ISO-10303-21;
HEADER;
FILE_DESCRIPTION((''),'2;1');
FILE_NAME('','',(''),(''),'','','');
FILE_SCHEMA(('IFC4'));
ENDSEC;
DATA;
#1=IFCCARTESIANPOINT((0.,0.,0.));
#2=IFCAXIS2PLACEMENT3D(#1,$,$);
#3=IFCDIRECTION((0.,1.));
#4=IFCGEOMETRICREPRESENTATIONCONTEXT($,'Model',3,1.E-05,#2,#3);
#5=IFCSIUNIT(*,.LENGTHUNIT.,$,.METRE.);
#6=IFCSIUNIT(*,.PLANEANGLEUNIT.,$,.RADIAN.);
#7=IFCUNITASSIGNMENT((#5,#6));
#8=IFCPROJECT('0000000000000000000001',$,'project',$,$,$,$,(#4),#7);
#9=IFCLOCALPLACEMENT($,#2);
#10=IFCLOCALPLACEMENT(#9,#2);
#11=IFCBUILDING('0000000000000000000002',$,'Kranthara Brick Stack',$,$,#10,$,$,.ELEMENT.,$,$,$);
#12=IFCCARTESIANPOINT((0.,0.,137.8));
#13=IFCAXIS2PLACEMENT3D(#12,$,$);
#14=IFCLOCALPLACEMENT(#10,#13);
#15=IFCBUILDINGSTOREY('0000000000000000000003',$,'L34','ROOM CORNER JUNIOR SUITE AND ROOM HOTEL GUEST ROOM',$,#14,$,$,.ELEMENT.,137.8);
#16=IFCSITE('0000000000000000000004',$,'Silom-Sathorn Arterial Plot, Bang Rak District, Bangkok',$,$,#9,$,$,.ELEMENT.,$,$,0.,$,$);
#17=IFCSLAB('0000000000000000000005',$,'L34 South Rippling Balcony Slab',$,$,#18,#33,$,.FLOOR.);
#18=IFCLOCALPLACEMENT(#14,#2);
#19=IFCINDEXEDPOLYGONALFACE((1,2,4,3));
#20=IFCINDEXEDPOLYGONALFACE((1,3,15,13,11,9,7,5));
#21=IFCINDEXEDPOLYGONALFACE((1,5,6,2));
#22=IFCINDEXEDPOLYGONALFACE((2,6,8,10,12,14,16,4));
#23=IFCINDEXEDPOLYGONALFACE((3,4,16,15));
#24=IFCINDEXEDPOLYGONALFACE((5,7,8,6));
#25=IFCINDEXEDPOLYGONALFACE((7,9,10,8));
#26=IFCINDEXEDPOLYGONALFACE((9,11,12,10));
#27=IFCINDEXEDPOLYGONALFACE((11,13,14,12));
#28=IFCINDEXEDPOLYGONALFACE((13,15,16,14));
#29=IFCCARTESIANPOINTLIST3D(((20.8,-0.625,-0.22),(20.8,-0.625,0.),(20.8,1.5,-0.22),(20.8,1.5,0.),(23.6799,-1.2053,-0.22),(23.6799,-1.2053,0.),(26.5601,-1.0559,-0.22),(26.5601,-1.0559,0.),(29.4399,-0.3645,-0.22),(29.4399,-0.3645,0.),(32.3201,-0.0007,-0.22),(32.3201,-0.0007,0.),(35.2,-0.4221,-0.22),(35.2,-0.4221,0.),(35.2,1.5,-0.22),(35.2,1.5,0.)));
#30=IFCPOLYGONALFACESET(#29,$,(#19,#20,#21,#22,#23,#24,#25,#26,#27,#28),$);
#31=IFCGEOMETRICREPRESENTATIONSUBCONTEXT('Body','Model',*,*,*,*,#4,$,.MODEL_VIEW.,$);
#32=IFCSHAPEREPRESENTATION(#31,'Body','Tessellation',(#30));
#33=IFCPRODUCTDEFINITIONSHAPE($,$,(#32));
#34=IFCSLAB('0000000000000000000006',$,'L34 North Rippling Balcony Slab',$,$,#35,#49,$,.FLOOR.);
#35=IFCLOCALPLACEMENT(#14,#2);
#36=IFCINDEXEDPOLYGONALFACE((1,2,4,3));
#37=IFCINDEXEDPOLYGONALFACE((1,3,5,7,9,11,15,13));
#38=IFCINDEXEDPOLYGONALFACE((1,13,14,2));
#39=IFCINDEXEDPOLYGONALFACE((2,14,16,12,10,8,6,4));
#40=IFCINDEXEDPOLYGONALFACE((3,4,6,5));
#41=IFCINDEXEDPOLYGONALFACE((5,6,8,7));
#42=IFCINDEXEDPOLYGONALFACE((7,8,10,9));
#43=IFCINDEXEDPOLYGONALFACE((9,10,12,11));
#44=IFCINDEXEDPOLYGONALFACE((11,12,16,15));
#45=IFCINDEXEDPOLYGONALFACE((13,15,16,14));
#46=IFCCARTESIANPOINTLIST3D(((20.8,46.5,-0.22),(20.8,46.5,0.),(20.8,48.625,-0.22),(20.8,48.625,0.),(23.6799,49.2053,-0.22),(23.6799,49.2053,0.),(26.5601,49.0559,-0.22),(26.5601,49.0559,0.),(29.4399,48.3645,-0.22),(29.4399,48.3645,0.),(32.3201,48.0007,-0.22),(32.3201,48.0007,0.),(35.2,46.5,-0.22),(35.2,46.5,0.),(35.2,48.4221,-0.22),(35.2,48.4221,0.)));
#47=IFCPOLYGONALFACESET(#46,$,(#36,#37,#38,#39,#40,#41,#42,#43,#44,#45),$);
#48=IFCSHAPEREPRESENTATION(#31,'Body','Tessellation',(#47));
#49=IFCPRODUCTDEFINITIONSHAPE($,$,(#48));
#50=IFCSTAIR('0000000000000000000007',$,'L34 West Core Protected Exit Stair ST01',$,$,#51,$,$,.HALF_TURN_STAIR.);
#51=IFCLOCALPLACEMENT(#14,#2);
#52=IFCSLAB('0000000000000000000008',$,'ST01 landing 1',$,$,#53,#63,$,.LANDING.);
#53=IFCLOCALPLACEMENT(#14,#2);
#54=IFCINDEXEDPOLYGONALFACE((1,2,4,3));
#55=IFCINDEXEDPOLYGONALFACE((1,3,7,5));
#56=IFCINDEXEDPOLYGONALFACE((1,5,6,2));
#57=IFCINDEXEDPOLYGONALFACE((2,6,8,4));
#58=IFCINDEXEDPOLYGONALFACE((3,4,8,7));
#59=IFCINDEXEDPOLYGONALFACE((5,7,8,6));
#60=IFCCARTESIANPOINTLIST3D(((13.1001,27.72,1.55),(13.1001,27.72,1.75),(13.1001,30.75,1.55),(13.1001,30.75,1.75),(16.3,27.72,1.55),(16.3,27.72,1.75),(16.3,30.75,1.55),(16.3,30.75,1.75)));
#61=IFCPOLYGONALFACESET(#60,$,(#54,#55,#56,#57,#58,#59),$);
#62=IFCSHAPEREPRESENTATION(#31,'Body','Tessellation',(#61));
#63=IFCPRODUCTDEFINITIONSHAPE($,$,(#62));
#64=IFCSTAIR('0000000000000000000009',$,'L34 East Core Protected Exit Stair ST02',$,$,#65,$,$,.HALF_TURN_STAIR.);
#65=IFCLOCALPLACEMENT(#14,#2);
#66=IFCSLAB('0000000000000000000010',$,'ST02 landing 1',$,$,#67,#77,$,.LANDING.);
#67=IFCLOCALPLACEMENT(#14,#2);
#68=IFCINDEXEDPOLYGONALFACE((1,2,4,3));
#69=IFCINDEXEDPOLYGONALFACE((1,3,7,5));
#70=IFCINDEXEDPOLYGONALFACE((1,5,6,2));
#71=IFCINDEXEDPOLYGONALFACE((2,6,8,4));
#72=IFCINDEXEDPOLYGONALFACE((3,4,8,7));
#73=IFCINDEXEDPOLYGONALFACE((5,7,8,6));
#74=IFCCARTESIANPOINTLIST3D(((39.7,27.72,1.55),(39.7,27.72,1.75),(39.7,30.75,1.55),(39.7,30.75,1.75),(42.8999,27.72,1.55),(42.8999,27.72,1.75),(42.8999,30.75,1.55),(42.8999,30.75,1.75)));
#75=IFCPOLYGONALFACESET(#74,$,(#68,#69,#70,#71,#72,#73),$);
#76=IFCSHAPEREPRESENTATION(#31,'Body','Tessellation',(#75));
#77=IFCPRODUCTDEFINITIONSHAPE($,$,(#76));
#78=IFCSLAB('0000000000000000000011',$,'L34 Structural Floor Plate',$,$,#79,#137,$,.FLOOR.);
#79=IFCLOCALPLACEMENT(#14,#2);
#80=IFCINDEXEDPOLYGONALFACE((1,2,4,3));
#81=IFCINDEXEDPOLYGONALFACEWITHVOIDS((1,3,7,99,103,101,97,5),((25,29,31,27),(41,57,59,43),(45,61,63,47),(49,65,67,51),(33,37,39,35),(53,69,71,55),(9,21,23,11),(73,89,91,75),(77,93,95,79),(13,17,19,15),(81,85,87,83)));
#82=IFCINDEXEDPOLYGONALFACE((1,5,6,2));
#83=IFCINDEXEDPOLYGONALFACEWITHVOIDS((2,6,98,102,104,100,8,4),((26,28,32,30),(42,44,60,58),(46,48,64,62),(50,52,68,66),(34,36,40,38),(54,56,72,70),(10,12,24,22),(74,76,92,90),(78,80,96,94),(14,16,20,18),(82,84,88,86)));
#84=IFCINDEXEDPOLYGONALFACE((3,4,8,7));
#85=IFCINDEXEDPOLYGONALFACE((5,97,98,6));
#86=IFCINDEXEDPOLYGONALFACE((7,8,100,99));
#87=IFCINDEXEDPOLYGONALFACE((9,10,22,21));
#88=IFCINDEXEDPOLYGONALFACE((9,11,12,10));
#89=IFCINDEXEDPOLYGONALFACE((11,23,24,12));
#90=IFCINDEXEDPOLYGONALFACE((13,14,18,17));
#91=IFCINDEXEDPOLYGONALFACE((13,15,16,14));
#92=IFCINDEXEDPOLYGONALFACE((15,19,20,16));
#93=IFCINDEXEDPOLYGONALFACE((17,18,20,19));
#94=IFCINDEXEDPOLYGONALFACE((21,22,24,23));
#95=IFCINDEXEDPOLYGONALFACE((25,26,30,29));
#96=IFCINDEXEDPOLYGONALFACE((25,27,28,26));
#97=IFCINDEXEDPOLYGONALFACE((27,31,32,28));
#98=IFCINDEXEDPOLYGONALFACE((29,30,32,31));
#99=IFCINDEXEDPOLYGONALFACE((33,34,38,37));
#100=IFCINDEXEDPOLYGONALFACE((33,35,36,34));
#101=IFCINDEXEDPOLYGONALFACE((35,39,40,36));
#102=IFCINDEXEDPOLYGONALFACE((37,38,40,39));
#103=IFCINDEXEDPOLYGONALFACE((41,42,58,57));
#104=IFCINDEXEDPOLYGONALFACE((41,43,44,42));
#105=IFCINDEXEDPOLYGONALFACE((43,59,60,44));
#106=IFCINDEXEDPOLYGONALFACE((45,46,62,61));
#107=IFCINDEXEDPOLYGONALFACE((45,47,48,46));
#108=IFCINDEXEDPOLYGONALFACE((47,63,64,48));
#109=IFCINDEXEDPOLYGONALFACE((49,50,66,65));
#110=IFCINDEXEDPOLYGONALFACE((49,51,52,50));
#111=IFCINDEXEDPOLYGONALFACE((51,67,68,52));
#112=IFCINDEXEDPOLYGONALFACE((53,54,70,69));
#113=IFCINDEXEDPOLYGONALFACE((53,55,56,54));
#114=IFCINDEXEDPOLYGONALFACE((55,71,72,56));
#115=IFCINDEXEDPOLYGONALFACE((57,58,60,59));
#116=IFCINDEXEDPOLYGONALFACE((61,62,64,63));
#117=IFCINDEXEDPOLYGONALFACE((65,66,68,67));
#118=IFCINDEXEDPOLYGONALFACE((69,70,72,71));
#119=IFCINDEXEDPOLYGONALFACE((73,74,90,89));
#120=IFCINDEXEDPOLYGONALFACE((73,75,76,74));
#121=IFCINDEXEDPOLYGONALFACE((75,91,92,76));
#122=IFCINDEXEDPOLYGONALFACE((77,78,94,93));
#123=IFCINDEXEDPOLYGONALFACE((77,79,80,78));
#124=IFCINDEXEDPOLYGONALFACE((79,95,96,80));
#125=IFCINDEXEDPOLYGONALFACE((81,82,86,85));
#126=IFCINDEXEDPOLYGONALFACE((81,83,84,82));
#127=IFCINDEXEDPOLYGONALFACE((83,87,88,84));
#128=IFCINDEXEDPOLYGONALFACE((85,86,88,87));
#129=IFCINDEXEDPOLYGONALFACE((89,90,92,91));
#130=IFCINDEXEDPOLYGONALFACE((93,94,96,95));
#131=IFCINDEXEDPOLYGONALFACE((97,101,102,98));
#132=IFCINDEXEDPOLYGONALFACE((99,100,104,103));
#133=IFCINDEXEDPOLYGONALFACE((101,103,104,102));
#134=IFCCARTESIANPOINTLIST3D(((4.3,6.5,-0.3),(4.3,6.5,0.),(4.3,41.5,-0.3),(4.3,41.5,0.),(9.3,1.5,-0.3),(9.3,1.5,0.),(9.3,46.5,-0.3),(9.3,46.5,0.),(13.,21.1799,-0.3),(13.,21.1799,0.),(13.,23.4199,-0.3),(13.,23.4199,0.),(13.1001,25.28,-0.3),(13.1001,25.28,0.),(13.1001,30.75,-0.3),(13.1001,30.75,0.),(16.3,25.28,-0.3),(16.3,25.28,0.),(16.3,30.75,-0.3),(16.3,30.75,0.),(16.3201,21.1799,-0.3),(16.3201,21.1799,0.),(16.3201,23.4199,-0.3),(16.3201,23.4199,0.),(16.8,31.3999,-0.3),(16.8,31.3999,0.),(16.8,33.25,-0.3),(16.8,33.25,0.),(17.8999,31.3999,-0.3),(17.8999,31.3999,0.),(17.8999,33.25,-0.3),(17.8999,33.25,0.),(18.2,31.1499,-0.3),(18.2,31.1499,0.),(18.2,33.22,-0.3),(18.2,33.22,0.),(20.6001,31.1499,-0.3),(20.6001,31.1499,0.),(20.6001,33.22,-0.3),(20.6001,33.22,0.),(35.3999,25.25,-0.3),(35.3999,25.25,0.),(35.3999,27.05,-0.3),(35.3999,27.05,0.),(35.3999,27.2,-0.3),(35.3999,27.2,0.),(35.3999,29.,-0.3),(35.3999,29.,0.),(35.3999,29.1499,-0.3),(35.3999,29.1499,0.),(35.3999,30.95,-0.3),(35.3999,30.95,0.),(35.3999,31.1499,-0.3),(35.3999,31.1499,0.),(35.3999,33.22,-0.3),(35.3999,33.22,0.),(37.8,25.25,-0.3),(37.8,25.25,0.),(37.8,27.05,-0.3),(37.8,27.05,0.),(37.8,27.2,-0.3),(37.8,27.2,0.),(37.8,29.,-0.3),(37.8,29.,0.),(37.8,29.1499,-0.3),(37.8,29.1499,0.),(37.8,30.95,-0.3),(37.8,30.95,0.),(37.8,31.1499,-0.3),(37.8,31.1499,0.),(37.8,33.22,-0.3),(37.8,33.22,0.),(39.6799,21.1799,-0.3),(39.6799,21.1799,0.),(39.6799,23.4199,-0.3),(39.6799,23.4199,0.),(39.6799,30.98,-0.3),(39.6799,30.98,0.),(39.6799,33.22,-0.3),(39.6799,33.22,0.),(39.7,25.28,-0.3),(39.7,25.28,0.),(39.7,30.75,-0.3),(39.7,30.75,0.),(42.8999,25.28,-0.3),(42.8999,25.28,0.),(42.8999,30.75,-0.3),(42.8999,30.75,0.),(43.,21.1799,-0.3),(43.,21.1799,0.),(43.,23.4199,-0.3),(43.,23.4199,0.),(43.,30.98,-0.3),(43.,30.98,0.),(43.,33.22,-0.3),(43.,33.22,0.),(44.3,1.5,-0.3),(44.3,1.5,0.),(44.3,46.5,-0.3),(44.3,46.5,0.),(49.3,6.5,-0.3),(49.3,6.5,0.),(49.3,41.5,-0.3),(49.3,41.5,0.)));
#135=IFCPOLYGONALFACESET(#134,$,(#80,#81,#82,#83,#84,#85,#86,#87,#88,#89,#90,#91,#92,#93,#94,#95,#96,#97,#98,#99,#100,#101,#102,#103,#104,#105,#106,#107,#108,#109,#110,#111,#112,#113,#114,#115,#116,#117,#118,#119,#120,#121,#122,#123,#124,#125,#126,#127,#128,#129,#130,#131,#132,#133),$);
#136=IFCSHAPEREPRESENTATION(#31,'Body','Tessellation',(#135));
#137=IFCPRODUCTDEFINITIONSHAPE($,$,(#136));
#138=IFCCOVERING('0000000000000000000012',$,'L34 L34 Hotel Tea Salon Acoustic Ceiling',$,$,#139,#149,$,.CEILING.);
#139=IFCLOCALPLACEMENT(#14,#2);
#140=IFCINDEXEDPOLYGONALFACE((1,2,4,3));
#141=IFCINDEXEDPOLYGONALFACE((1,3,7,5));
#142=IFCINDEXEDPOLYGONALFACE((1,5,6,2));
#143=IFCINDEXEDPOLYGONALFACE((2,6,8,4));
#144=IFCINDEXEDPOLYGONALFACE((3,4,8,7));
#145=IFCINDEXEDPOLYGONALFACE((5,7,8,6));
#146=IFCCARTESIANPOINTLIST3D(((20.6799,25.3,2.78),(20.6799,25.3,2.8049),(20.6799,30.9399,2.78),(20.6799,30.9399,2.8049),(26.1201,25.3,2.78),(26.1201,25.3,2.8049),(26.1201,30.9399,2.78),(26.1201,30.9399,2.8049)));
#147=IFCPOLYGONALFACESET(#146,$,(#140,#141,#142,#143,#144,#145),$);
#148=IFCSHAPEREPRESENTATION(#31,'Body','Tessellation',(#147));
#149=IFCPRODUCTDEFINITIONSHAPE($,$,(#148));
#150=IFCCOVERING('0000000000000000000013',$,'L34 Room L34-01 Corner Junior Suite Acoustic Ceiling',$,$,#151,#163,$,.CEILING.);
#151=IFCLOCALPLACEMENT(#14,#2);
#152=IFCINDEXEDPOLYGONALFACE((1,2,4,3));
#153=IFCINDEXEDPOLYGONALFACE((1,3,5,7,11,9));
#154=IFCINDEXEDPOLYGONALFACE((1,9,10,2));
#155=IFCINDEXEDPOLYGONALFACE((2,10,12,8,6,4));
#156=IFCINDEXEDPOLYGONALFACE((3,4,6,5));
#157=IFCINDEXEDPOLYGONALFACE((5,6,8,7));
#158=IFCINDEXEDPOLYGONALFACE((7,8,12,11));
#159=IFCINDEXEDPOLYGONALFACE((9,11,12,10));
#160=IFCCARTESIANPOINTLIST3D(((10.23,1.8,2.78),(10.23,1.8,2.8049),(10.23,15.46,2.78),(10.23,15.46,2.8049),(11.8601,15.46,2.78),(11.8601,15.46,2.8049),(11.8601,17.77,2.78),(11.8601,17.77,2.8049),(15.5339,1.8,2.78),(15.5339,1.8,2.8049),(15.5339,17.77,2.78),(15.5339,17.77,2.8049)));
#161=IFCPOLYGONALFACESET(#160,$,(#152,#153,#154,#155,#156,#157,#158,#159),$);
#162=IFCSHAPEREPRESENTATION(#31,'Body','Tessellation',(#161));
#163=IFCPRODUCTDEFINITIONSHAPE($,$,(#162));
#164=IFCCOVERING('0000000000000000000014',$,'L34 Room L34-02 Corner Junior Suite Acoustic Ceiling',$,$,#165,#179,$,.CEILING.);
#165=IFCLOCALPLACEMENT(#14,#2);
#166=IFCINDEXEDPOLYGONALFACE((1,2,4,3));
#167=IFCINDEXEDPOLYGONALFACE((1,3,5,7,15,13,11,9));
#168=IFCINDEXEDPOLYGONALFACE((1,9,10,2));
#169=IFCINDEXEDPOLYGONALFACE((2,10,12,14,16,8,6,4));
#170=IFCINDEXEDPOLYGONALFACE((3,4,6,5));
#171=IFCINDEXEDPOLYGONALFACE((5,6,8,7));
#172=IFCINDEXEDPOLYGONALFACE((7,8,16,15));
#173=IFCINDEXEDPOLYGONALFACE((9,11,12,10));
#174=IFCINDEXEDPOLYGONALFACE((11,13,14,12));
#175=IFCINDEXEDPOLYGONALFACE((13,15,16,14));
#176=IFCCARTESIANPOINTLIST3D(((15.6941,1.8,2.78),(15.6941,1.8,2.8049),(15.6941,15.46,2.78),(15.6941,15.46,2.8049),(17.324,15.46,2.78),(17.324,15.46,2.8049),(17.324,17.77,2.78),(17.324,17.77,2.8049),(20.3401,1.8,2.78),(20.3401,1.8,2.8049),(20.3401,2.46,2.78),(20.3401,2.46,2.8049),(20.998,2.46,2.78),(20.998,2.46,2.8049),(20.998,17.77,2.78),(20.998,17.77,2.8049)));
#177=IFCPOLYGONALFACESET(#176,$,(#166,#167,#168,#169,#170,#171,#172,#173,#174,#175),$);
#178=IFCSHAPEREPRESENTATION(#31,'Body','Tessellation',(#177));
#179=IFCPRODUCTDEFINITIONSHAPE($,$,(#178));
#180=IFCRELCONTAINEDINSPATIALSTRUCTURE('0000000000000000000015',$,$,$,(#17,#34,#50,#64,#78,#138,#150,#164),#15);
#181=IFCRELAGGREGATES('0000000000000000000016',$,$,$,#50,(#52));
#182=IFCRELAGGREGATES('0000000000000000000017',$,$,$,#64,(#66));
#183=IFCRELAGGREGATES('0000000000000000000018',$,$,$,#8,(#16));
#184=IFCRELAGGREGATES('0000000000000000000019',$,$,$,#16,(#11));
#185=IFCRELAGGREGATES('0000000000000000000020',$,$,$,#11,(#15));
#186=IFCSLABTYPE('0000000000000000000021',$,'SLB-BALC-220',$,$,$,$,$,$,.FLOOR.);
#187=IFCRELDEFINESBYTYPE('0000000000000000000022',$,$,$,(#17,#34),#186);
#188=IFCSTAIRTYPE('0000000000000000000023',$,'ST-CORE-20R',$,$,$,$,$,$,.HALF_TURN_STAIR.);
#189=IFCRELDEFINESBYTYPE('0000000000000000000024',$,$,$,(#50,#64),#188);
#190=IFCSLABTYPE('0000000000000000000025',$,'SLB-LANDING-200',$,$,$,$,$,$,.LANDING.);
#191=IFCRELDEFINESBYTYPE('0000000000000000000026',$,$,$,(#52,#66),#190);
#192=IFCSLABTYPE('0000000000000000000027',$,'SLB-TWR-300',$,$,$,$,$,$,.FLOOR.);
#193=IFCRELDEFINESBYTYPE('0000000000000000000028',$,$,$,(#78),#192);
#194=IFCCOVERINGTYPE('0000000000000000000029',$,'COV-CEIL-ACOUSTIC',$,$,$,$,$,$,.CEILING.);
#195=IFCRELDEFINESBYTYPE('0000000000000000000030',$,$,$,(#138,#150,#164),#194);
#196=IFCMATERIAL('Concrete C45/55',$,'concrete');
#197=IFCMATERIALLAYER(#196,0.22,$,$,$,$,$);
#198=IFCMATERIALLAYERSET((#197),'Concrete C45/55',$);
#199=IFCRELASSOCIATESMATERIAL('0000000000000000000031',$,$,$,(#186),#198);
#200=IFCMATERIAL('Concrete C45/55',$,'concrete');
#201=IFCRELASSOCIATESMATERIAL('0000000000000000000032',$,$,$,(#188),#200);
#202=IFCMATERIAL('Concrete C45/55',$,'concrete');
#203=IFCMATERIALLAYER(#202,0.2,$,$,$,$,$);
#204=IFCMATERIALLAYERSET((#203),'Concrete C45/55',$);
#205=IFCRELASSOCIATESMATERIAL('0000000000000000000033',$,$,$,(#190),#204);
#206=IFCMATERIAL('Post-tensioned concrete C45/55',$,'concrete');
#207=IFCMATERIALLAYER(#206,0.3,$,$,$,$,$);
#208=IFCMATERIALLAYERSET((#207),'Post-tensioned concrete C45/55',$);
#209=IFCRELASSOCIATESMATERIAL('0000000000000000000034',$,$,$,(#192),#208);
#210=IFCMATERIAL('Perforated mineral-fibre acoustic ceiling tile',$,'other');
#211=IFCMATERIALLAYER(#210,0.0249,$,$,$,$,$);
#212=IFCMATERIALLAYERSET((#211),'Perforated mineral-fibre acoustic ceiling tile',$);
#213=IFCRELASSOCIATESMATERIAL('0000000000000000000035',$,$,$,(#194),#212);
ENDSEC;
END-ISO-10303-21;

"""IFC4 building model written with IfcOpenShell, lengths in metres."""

from ifc_helpers import new_model, si_unit, direction, frame, origin, place, context, subcontext, project, spatial, polyline, outline, extrude, material, layer, layer_set, type_object, element, aggregate, save


model = new_model("IFC4")

# Units and contexts
model_context = context("Model", 3, precision=1e-05, world=origin(), true_north=direction((0.0, 1.0)))
body_context = subcontext(model_context, "Body", "Model", "MODEL_VIEW")
ifc_project = project(units=[si_unit("LENGTHUNIT", "METRE"), si_unit("PLANEANGLEUNIT", "RADIAN")], contexts=[model_context])

# Site, building, storey
site_placement = place(None, origin())
site = spatial("IfcSite", under=ifc_project, at=site_placement, Name="Silom-Sathorn Arterial Plot, Bang Rak District, Bangkok", CompositionType="ELEMENT", RefElevation=0.0)
building_placement = place(site_placement, origin())
building = spatial("IfcBuilding", under=site, at=building_placement, Name="Kranthara Brick Stack", CompositionType="ELEMENT")
storey_placement = place(building_placement, frame((0.0, 0.0, 137.8)))
storey = spatial("IfcBuildingStorey", under=building, at=storey_placement, Name="L34", Description="ROOM CORNER JUNIOR SUITE AND ROOM HOTEL GUEST ROOM", CompositionType="ELEMENT", Elevation=137.8)

# Slabs
ifc_material_1 = material(Name="Concrete C45/55", Category="concrete")
ifc_layer_1 = layer(ifc_material_1, 0.22)
ifc_layer_set_1 = layer_set([ifc_layer_1], Name="Concrete C45/55")
slab_type_1 = type_object("IfcSlabType", Name="SLB-BALC-220", PredefinedType="FLOOR", material=ifc_layer_set_1)
slab_1_placement = place(storey_placement, frame((0.0, 0.0, -0.22)))
element("IfcSlab", 1, at=slab_1_placement, inside=storey, type_object=slab_type_1, Name="L34 South Rippling Balcony Slab", PredefinedType="FLOOR", context=body_context, shape_type="SweptSolid", body=[
    extrude(outline(polyline([(20.8, 1.5), (35.2, 1.5), (35.2, -0.4221), (32.3201, -0.0007), (29.4399, -0.3645), (26.5601, -1.0559), (23.6799, -1.2053), (20.8, -0.625), (20.8, 1.5)])), origin(), (0.0, 0.0, 1.0), 0.22),
])
slab_2_placement = place(storey_placement, frame((0.0, 0.0, -0.22)))
element("IfcSlab", 2, at=slab_2_placement, inside=storey, type_object=slab_type_1, Name="L34 North Rippling Balcony Slab", PredefinedType="FLOOR", context=body_context, shape_type="SweptSolid", body=[
    extrude(outline(polyline([(35.2, 46.5), (20.8, 46.5), (20.8, 48.625), (23.6799, 49.2053), (26.5601, 49.0559), (29.4399, 48.3645), (32.3201, 48.0007), (35.2, 48.4221), (35.2, 46.5)])), origin(), (0.0, 0.0, 1.0), 0.22),
])

# Stairs, slabs
ifc_material_2 = material(Name="Concrete C45/55", Category="concrete")
stair_type = type_object("IfcStairType", Name="ST-CORE-20R", PredefinedType="HALF_TURN_STAIR", material=ifc_material_2)
stair_1_placement = place(storey_placement, origin())
stair_1 = element("IfcStair", 3, at=stair_1_placement, inside=storey, type_object=stair_type, Name="L34 West Core Protected Exit Stair ST01", PredefinedType="HALF_TURN_STAIR")
ifc_material_3 = material(Name="Concrete C45/55", Category="concrete")
ifc_layer_2 = layer(ifc_material_3, 0.2)
ifc_layer_set_2 = layer_set([ifc_layer_2], Name="Concrete C45/55")
slab_type_2 = type_object("IfcSlabType", Name="SLB-LANDING-200", PredefinedType="LANDING", material=ifc_layer_set_2)
slab_3_placement = place(storey_placement, frame((0.0, 0.0, 1.55)))
slab_3 = element("IfcSlab", 4, at=slab_3_placement, type_object=slab_type_2, Name="ST01 landing 1", PredefinedType="LANDING", context=body_context, shape_type="SweptSolid", body=[
    extrude(outline(polyline([(16.3, 27.72), (16.3, 30.75), (13.1001, 30.75), (13.1001, 27.72), (16.3, 27.72)])), origin(), (0.0, 0.0, 1.0), 0.2),
])
aggregate(stair_1, [slab_3])
stair_2_placement = place(storey_placement, origin())
stair_2 = element("IfcStair", 5, at=stair_2_placement, inside=storey, type_object=stair_type, Name="L34 East Core Protected Exit Stair ST02", PredefinedType="HALF_TURN_STAIR")
slab_4_placement = place(storey_placement, frame((0.0, 0.0, 1.55)))
slab_4 = element("IfcSlab", 6, at=slab_4_placement, type_object=slab_type_2, Name="ST02 landing 1", PredefinedType="LANDING", context=body_context, shape_type="SweptSolid", body=[
    extrude(outline(polyline([(42.8999, 27.72), (42.8999, 30.75), (39.7, 30.75), (39.7, 27.72), (42.8999, 27.72)])), origin(), (0.0, 0.0, 1.0), 0.2),
])
aggregate(stair_2, [slab_4])

# Slab
ifc_material_4 = material(Name="Post-tensioned concrete C45/55", Category="concrete")
ifc_layer_3 = layer(ifc_material_4, 0.3)
ifc_layer_set_3 = layer_set([ifc_layer_3], Name="Post-tensioned concrete C45/55")
slab_type_3 = type_object("IfcSlabType", Name="SLB-TWR-300", PredefinedType="FLOOR", material=ifc_layer_set_3)
slab_5_placement = place(storey_placement, frame((0.0, 0.0, -0.3)))
element("IfcSlab", 7, at=slab_5_placement, inside=storey, type_object=slab_type_3, Name="L34 Structural Floor Plate", PredefinedType="FLOOR", context=body_context, shape_type="SweptSolid", body=[
    extrude(outline(polyline([(9.3, 1.5), (44.3, 1.5), (49.3, 6.5), (49.3, 41.5), (44.3, 46.5), (9.3, 46.5), (4.3, 41.5), (4.3, 6.5), (9.3, 1.5)]), holes=[polyline([(13.1001, 25.28), (16.3, 25.28), (16.3, 30.75), (13.1001, 30.75), (13.1001, 25.28)]), polyline([(39.7, 25.28), (42.8999, 25.28), (42.8999, 30.75), (39.7, 30.75), (39.7, 25.28)]), polyline([(13.0, 21.1799), (16.3201, 21.1799), (16.3201, 23.4199), (13.0, 23.4199), (13.0, 21.1799)]), polyline([(39.6799, 21.1799), (43.0, 21.1799), (43.0, 23.4199), (39.6799, 23.4199), (39.6799, 21.1799)]), polyline([(39.6799, 30.98), (43.0, 30.98), (43.0, 33.22), (39.6799, 33.22), (39.6799, 30.98)]), polyline([(35.3999, 25.25), (37.8, 25.25), (37.8, 27.05), (35.3999, 27.05), (35.3999, 25.25)]), polyline([(35.3999, 27.2), (37.8, 27.2), (37.8, 29.0), (35.3999, 29.0), (35.3999, 27.2)]), polyline([(35.3999, 29.1499), (37.8, 29.1499), (37.8, 30.95), (35.3999, 30.95), (35.3999, 29.1499)]), polyline([(18.2, 31.1499), (20.6001, 31.1499), (20.6001, 33.22), (18.2, 33.22), (18.2, 31.1499)]), polyline([(35.3999, 31.1499), (37.8, 31.1499), (37.8, 33.22), (35.3999, 33.22), (35.3999, 31.1499)]), polyline([(16.8, 31.3999), (17.8999, 31.3999), (17.8999, 33.25), (16.8, 33.25), (16.8, 31.3999)])]), origin(), (0.0, 0.0, 1.0), 0.3),
])

# Coverings
ifc_material_5 = material(Name="Perforated mineral-fibre acoustic ceiling tile", Category="other")
ifc_layer_4 = layer(ifc_material_5, 0.0249)
ifc_layer_set_4 = layer_set([ifc_layer_4], Name="Perforated mineral-fibre acoustic ceiling tile")
covering_type_1 = type_object("IfcCoveringType", Name="COV-CEIL-ACOUSTIC", PredefinedType="CEILING", material=ifc_layer_set_4)
covering_1_placement = place(storey_placement, frame((0.0, 0.0, 2.78)))
element("IfcCovering", 8, at=covering_1_placement, inside=storey, type_object=covering_type_1, Name="L34 L34 Hotel Tea Salon Acoustic Ceiling", PredefinedType="CEILING", context=body_context, shape_type="SweptSolid", body=[
    extrude(outline(polyline([(26.1201, 25.3), (26.1201, 30.9399), (20.6799, 30.9399), (20.6799, 25.3), (26.1201, 25.3)])), origin(), (0.0, 0.0, 1.0), 0.0249),
])
covering_2_placement = place(storey_placement, frame((0.0, 0.0, 2.78)))
element("IfcCovering", 9, at=covering_2_placement, inside=storey, type_object=covering_type_1, Name="L34 Room L34-01 Corner Junior Suite Acoustic Ceiling", PredefinedType="CEILING", context=body_context, shape_type="SweptSolid", body=[
    extrude(outline(polyline([(10.23, 1.8), (15.5339, 1.8), (15.5339, 17.77), (11.8601, 17.77), (11.8601, 15.46), (10.23, 15.46), (10.23, 1.8)])), origin(), (0.0, 0.0, 1.0), 0.0249),
])
covering_3_placement = place(storey_placement, frame((0.0, 0.0, 2.78)))
element("IfcCovering", 10, at=covering_3_placement, inside=storey, type_object=covering_type_1, Name="L34 Room L34-02 Corner Junior Suite Acoustic Ceiling", PredefinedType="CEILING", context=body_context, shape_type="SweptSolid", body=[
    extrude(outline(polyline([(15.6941, 1.8), (15.6941, 15.46), (17.324, 15.46), (17.324, 17.77), (20.998, 17.77), (20.998, 2.46), (20.3401, 2.46), (20.3401, 1.8), (15.6941, 1.8)])), origin(), (0.0, 0.0, 1.0), 0.0249),
])

save(model, "model.ifc")
